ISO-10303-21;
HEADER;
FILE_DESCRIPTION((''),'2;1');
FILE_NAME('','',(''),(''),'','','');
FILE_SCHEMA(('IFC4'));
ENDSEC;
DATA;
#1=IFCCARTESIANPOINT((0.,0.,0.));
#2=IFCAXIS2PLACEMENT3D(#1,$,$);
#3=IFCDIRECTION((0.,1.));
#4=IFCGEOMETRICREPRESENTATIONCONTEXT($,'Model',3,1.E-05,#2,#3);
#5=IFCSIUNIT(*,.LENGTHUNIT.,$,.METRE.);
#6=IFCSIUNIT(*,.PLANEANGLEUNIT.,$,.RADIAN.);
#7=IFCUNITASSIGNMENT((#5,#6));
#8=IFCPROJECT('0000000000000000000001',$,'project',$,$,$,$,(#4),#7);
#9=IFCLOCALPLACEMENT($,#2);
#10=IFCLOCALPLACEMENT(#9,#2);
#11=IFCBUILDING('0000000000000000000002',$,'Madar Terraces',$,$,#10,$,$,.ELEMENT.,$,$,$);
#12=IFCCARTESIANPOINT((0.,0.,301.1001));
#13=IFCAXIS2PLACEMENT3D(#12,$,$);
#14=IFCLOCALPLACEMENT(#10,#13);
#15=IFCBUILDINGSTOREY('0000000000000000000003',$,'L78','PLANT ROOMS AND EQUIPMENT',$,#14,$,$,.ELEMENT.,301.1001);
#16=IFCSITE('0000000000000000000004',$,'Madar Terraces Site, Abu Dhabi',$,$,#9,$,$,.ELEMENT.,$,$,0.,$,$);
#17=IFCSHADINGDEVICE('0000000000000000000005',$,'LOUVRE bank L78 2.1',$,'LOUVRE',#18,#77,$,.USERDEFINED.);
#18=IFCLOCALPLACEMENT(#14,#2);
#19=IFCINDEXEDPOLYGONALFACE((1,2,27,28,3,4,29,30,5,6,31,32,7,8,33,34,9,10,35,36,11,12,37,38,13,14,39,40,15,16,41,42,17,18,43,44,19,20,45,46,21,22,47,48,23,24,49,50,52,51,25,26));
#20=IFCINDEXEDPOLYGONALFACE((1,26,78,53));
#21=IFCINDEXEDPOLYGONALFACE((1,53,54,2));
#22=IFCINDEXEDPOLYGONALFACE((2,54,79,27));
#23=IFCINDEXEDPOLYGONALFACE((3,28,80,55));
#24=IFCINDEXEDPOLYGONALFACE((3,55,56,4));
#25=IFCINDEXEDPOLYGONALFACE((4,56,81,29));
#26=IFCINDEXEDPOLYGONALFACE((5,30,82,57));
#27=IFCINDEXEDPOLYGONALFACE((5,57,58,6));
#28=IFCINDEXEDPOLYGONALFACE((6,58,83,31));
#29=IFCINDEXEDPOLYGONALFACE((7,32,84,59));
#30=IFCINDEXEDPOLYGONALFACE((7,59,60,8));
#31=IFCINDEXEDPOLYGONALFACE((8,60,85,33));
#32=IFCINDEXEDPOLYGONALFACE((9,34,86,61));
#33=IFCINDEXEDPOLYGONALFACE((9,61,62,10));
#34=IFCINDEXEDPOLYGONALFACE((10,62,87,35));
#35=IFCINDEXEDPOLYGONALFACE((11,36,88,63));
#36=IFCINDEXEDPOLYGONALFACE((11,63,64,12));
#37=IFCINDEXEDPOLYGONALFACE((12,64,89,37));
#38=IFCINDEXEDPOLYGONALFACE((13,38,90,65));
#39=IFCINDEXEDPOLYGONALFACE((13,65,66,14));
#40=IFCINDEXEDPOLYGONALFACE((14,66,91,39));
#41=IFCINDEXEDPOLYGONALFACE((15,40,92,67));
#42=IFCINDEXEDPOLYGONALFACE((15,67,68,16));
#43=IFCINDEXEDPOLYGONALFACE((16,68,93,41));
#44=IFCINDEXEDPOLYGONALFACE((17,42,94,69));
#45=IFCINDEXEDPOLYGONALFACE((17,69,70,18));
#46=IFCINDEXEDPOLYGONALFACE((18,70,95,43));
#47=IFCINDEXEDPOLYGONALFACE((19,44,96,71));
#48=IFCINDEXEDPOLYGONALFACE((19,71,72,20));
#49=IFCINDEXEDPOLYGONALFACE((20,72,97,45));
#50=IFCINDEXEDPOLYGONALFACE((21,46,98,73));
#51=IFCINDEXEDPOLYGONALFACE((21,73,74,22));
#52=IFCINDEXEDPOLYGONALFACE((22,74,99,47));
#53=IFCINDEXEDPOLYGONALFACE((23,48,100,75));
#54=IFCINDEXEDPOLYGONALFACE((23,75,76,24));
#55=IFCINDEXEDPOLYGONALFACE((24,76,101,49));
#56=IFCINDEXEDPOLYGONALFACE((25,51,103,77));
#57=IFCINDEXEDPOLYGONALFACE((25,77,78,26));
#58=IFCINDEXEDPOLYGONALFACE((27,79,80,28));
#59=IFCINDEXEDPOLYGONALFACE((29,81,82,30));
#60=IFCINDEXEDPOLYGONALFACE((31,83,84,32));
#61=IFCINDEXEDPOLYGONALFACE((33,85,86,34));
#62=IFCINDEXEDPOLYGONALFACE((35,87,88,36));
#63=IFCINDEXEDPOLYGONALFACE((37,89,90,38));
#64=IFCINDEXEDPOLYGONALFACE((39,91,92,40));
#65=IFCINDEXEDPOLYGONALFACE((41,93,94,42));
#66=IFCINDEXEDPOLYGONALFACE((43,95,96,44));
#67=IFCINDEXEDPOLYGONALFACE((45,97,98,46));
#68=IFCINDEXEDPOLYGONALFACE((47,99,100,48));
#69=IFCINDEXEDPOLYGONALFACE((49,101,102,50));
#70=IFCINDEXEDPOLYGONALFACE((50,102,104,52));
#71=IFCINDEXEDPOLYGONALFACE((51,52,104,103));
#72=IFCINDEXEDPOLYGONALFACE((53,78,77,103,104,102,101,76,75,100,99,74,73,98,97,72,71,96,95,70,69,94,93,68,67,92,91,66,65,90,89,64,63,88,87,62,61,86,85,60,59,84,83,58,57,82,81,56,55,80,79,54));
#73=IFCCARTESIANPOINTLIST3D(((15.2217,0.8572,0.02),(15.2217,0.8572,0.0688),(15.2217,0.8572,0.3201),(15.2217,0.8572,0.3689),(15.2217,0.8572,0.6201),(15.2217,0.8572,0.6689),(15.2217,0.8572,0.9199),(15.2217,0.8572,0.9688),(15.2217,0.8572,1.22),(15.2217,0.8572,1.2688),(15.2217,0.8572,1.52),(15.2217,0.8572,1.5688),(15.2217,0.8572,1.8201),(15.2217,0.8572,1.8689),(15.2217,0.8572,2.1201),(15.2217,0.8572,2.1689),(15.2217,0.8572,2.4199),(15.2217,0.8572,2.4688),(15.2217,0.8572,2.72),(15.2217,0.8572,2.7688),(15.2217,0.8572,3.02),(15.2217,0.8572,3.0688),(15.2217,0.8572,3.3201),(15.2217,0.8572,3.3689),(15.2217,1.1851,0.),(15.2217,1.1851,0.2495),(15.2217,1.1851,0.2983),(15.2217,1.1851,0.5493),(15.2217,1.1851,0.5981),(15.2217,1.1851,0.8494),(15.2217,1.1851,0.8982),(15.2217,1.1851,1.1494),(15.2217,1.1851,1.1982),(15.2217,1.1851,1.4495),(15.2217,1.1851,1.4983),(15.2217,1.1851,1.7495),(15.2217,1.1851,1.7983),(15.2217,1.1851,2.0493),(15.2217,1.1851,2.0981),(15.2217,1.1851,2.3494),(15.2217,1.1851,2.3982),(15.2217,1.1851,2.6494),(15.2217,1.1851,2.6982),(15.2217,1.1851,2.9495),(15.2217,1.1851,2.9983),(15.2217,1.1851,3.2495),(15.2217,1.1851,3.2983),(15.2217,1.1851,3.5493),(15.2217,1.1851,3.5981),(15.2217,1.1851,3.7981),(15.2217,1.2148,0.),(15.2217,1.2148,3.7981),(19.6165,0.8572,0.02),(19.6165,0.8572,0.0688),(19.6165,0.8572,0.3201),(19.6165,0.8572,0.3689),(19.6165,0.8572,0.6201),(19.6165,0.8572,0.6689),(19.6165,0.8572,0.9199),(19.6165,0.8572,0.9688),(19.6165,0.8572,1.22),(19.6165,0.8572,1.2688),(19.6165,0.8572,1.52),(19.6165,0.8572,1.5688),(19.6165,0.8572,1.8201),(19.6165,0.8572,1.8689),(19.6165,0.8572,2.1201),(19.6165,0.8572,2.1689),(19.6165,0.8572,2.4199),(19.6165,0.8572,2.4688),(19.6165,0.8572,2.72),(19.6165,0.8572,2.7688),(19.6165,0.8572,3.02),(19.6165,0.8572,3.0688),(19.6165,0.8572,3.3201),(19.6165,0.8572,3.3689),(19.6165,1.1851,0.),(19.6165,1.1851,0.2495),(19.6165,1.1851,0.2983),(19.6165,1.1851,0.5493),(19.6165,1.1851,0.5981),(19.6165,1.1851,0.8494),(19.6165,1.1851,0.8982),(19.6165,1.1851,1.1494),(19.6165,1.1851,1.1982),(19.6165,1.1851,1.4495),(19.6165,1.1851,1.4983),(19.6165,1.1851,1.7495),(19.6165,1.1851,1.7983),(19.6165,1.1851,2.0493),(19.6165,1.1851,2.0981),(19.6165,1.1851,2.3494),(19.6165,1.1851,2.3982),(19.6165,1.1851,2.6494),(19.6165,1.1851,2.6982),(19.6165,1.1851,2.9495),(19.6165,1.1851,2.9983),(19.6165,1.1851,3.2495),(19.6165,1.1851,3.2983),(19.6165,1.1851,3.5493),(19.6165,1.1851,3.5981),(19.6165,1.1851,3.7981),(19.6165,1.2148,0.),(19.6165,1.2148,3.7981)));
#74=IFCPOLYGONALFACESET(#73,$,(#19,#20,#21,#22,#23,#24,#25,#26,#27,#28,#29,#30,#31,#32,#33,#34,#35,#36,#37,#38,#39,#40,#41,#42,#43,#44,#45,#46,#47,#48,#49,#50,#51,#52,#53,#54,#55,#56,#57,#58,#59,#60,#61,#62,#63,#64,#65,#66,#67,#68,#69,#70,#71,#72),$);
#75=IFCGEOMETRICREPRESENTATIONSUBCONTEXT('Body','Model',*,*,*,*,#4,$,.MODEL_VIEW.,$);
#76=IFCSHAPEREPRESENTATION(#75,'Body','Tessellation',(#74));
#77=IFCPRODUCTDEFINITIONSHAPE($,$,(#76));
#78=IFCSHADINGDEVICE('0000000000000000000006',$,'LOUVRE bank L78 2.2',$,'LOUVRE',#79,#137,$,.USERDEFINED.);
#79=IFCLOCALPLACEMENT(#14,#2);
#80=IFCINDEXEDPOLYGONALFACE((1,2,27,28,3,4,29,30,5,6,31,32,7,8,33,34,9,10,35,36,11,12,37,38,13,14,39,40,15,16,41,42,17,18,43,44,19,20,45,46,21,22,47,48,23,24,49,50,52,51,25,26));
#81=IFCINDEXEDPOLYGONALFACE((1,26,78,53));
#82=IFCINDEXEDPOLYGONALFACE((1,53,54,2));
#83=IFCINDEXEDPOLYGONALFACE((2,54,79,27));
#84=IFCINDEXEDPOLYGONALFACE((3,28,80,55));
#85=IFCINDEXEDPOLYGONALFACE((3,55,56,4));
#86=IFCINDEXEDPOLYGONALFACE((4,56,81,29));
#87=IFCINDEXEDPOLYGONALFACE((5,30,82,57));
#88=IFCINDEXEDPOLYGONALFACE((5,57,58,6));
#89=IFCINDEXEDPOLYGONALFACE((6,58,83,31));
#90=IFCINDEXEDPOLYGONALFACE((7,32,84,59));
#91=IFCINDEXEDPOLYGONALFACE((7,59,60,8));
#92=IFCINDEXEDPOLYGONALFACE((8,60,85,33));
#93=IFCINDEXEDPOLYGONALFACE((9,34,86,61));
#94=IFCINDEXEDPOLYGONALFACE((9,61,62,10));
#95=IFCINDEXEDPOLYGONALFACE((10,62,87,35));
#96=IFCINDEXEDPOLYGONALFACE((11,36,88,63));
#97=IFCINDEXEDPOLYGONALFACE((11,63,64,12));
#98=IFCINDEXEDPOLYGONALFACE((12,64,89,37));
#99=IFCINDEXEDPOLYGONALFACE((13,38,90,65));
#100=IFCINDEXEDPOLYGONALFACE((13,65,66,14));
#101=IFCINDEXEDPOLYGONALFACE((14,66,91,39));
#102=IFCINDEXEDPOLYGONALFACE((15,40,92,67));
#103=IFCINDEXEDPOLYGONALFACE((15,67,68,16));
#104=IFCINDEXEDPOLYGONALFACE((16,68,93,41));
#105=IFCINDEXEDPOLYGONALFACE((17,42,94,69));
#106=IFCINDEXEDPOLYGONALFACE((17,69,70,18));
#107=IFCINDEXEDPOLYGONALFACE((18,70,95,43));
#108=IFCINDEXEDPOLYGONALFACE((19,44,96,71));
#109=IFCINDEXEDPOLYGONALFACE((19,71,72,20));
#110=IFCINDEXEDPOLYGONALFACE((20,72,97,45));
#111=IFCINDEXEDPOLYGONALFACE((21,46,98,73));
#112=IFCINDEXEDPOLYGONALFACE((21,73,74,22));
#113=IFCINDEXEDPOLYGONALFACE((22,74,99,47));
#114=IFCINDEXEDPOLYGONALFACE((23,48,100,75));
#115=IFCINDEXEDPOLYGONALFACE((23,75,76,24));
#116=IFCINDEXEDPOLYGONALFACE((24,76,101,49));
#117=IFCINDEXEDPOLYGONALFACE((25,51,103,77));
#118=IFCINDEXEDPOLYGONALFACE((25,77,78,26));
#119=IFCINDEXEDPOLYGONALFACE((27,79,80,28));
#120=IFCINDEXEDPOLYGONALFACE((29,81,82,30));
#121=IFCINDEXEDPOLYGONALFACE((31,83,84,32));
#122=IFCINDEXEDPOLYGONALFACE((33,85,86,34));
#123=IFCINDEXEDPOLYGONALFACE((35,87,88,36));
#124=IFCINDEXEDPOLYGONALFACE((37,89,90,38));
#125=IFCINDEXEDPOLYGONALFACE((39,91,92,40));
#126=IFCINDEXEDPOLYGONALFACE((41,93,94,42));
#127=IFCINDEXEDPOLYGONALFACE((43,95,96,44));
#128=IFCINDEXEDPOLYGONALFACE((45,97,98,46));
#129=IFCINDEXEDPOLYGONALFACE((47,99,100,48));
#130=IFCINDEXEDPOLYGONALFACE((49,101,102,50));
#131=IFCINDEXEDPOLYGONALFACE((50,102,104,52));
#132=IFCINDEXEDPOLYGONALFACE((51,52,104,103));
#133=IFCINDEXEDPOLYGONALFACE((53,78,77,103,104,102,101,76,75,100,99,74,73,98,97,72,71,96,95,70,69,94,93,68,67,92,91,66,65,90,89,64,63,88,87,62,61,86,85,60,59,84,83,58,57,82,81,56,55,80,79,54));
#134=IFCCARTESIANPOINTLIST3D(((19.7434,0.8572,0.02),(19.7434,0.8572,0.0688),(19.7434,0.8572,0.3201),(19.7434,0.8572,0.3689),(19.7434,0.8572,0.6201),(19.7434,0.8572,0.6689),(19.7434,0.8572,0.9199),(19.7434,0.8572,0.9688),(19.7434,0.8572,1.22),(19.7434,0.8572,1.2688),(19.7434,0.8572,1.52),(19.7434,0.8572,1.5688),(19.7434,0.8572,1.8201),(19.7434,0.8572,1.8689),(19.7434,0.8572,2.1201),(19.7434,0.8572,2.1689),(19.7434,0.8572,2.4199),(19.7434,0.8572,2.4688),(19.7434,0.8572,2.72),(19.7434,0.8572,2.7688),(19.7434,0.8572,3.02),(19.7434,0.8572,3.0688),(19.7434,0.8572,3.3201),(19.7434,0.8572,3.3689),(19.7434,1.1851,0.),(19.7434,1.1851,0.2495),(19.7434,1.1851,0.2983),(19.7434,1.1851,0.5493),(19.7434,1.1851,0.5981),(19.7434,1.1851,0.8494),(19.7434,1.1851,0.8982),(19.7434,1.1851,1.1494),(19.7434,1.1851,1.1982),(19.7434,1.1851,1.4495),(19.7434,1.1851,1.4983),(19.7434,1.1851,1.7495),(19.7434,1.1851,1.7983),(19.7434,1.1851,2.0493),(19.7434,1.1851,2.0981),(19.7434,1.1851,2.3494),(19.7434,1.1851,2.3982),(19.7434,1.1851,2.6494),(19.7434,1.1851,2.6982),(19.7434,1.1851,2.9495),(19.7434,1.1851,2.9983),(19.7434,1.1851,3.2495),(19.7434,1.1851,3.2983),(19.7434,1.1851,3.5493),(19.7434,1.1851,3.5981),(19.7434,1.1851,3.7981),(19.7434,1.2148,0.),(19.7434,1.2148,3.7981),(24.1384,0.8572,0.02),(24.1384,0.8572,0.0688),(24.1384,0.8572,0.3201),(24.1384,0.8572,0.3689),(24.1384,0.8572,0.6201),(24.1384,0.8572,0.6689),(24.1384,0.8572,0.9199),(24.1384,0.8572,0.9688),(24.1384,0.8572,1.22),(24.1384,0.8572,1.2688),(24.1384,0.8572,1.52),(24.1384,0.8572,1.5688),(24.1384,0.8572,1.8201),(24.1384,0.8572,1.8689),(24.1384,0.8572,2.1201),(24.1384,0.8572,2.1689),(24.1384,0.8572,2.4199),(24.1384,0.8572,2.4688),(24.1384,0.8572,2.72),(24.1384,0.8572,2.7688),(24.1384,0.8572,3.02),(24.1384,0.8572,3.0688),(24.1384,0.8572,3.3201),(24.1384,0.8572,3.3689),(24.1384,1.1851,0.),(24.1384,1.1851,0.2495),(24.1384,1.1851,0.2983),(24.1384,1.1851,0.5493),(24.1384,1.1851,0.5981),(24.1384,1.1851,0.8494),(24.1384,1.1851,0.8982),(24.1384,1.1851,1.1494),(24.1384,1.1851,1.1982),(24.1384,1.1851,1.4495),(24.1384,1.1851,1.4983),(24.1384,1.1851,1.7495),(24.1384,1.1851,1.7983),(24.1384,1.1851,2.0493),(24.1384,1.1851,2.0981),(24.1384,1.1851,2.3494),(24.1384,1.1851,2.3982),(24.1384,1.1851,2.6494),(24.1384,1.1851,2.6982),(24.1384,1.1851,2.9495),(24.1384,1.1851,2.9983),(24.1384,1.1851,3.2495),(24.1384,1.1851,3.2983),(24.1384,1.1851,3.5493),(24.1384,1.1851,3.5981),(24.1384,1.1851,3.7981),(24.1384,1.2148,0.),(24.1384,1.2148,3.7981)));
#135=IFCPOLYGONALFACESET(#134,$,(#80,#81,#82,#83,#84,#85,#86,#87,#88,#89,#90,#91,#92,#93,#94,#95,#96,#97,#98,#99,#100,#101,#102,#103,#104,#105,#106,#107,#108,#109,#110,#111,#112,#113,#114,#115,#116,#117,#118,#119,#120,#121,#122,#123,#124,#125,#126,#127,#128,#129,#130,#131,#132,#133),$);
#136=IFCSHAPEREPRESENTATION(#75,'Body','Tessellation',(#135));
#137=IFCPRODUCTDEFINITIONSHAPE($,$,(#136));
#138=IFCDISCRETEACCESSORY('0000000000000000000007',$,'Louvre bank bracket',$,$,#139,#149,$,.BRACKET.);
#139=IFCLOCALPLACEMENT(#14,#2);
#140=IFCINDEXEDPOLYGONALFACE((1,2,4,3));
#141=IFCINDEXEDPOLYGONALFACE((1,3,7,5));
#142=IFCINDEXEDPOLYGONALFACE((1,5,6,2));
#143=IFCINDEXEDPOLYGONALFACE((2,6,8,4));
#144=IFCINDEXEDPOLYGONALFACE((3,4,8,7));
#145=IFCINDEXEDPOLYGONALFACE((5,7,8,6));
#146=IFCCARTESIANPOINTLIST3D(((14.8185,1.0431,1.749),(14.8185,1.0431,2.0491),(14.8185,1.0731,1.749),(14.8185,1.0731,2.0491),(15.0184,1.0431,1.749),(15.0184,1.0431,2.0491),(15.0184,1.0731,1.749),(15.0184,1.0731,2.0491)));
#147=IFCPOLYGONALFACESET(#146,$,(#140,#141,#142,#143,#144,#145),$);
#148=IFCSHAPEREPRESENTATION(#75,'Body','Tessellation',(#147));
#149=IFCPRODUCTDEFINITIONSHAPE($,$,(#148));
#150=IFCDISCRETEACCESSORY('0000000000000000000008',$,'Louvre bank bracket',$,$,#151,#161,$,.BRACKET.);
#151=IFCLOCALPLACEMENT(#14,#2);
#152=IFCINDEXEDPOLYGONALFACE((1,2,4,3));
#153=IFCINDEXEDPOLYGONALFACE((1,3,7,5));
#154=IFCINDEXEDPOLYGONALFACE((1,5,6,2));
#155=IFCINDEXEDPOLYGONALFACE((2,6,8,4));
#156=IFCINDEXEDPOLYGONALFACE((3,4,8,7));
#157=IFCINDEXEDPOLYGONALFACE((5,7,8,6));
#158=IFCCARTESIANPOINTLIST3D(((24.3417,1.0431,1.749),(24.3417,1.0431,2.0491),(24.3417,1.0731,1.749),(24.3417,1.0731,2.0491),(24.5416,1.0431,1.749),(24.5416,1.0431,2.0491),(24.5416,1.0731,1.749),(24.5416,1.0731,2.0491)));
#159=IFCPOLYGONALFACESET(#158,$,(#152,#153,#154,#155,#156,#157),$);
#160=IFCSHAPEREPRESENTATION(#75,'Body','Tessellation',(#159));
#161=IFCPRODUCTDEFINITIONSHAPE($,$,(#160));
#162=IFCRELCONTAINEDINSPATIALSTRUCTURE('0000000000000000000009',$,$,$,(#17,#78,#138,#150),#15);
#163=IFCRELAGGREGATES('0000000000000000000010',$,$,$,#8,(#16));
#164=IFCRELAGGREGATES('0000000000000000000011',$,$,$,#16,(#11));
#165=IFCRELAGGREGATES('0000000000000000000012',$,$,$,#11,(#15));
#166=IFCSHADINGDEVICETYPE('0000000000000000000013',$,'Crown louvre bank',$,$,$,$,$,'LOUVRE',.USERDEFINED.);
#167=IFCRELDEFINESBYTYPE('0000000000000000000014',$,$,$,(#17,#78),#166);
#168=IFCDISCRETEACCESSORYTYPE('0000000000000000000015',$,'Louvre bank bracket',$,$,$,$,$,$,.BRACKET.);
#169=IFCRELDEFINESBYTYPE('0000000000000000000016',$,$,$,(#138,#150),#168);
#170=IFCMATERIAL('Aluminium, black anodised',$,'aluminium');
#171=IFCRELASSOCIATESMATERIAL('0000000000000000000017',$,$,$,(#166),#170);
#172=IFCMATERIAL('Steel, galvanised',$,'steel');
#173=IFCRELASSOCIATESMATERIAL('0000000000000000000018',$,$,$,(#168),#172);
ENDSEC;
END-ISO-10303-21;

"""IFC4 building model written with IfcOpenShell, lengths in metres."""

from ifc_helpers import new_model, si_unit, direction, frame, origin, origin_2d, place, context, subcontext, project, spatial, polyline, rectangle, outline, extrude, material, type_object, element, save


model = new_model("IFC4")

# Units and contexts
model_context = context("Model", 3, precision=1e-05, world=origin(), true_north=direction((0.0, 1.0)))
body_context = subcontext(model_context, "Body", "Model", "MODEL_VIEW")
ifc_project = project(units=[si_unit("LENGTHUNIT", "METRE"), si_unit("PLANEANGLEUNIT", "RADIAN")], contexts=[model_context])

# Site, building, storey
site_placement = place(None, origin())
site = spatial("IfcSite", under=ifc_project, at=site_placement, Name="Madar Terraces Site, Abu Dhabi", CompositionType="ELEMENT", RefElevation=0.0)
building_placement = place(site_placement, origin())
building = spatial("IfcBuilding", under=site, at=building_placement, Name="Madar Terraces", CompositionType="ELEMENT")
storey_placement = place(building_placement, frame((0.0, 0.0, 301.1001)))
storey = spatial("IfcBuildingStorey", under=building, at=storey_placement, Name="L78", Description="PLANT ROOMS AND EQUIPMENT", CompositionType="ELEMENT", Elevation=301.1001)

# Shading devices
ifc_material_1 = material(Name="Aluminium, black anodised", Category="aluminium")
shading_device_type = type_object("IfcShadingDeviceType", Name="Crown louvre bank", ElementType="LOUVRE", PredefinedType="USERDEFINED", material=ifc_material_1)
shading_device_1_placement = place(storey_placement, frame((15.2217, 1.2, 0.0), z_axis=(1.0, 0.0, 0.0), x_axis=(0.0, 1.0, 0.0)))
element("IfcShadingDevice", 1, at=shading_device_1_placement, inside=storey, type_object=shading_device_type, Name="LOUVRE bank L78 2.1", ObjectType="LOUVRE", PredefinedType="USERDEFINED", context=body_context, shape_type="SweptSolid", body=[
    extrude(outline(polyline([(0.0149, 0.0), (-0.0149, 0.0), (-0.0149, 0.2495), (-0.3428, 0.02), (-0.3428, 0.0688), (-0.0149, 0.2983), (-0.0149, 0.5493), (-0.3428, 0.3201), (-0.3428, 0.3689), (-0.0149, 0.5981), (-0.0149, 0.8494), (-0.3428, 0.6201), (-0.3428, 0.6689), (-0.0149, 0.8982), (-0.0149, 1.1494), (-0.3428, 0.9199), (-0.3428, 0.9688), (-0.0149, 1.1982), (-0.0149, 1.4495), (-0.3428, 1.22), (-0.3428, 1.2688), (-0.0149, 1.4983), (-0.0149, 1.7495), (-0.3428, 1.52), (-0.3428, 1.5688), (-0.0149, 1.7983), (-0.0149, 2.0493), (-0.3428, 1.8201), (-0.3428, 1.8689), (-0.0149, 2.0981), (-0.0149, 2.3494), (-0.3428, 2.1201), (-0.3428, 2.1689), (-0.0149, 2.3982), (-0.0149, 2.6494), (-0.3428, 2.4199), (-0.3428, 2.4688), (-0.0149, 2.6982), (-0.0149, 2.9495), (-0.3428, 2.72), (-0.3428, 2.7688), (-0.0149, 2.9983), (-0.0149, 3.2495), (-0.3428, 3.02), (-0.3428, 3.0688), (-0.0149, 3.2983), (-0.0149, 3.5493), (-0.3428, 3.3201), (-0.3428, 3.3689), (-0.0149, 3.5981), (-0.0149, 3.7981), (0.0149, 3.7981), (0.0149, 0.0)])), origin(), (0.0, 0.0, 1.0), 4.3948),
])
shading_device_2_placement = place(storey_placement, frame((19.7434, 1.2, 0.0), z_axis=(1.0, 0.0, 0.0), x_axis=(0.0, 1.0, 0.0)))
element("IfcShadingDevice", 2, at=shading_device_2_placement, inside=storey, type_object=shading_device_type, Name="LOUVRE bank L78 2.2", ObjectType="LOUVRE", PredefinedType="USERDEFINED", context=body_context, shape_type="SweptSolid", body=[
    extrude(outline(polyline([(0.0149, 0.0), (-0.0149, 0.0), (-0.0149, 0.2495), (-0.3428, 0.02), (-0.3428, 0.0688), (-0.0149, 0.2983), (-0.0149, 0.5493), (-0.3428, 0.3201), (-0.3428, 0.3689), (-0.0149, 0.5981), (-0.0149, 0.8494), (-0.3428, 0.6201), (-0.3428, 0.6689), (-0.0149, 0.8982), (-0.0149, 1.1494), (-0.3428, 0.9199), (-0.3428, 0.9688), (-0.0149, 1.1982), (-0.0149, 1.4495), (-0.3428, 1.22), (-0.3428, 1.2688), (-0.0149, 1.4983), (-0.0149, 1.7495), (-0.3428, 1.52), (-0.3428, 1.5688), (-0.0149, 1.7983), (-0.0149, 2.0493), (-0.3428, 1.8201), (-0.3428, 1.8689), (-0.0149, 2.0981), (-0.0149, 2.3494), (-0.3428, 2.1201), (-0.3428, 2.1689), (-0.0149, 2.3982), (-0.0149, 2.6494), (-0.3428, 2.4199), (-0.3428, 2.4688), (-0.0149, 2.6982), (-0.0149, 2.9495), (-0.3428, 2.72), (-0.3428, 2.7688), (-0.0149, 2.9983), (-0.0149, 3.2495), (-0.3428, 3.02), (-0.3428, 3.0688), (-0.0149, 3.2983), (-0.0149, 3.5493), (-0.3428, 3.3201), (-0.3428, 3.3689), (-0.0149, 3.5981), (-0.0149, 3.7981), (0.0149, 3.7981), (0.0149, 0.0)])), origin(), (0.0, 0.0, 1.0), 4.395),
])

# Discrete accessories
ifc_material_2 = material(Name="Steel, galvanised", Category="steel")
discrete_accessory_type = type_object("IfcDiscreteAccessoryType", Name="Louvre bank bracket", PredefinedType="BRACKET", material=ifc_material_2)
for number, where, z_axis, x_axis, name in (
    (3, (14.9185, 1.0581, 1.749), (0.0, 0.0, 1.0), (1.0, 0.0, 0.0), "Louvre bank bracket"),
    (4, (24.4417, 1.0581, 1.749), (0.0, 0.0, 1.0), (1.0, 0.0, 0.0), "Louvre bank bracket"),
):
    element("IfcDiscreteAccessory", number, at=place(storey_placement, frame(where, z_axis=z_axis, x_axis=x_axis)), inside=storey, type_object=discrete_accessory_type, Name=name, PredefinedType="BRACKET", context=body_context, shape_type="SweptSolid", body=[
        extrude(rectangle(XDim=0.2, YDim=0.03, at=origin_2d()), origin(), (0.0, 0.0, 1.0), 0.3),
    ])

save(model, "model.ifc")
